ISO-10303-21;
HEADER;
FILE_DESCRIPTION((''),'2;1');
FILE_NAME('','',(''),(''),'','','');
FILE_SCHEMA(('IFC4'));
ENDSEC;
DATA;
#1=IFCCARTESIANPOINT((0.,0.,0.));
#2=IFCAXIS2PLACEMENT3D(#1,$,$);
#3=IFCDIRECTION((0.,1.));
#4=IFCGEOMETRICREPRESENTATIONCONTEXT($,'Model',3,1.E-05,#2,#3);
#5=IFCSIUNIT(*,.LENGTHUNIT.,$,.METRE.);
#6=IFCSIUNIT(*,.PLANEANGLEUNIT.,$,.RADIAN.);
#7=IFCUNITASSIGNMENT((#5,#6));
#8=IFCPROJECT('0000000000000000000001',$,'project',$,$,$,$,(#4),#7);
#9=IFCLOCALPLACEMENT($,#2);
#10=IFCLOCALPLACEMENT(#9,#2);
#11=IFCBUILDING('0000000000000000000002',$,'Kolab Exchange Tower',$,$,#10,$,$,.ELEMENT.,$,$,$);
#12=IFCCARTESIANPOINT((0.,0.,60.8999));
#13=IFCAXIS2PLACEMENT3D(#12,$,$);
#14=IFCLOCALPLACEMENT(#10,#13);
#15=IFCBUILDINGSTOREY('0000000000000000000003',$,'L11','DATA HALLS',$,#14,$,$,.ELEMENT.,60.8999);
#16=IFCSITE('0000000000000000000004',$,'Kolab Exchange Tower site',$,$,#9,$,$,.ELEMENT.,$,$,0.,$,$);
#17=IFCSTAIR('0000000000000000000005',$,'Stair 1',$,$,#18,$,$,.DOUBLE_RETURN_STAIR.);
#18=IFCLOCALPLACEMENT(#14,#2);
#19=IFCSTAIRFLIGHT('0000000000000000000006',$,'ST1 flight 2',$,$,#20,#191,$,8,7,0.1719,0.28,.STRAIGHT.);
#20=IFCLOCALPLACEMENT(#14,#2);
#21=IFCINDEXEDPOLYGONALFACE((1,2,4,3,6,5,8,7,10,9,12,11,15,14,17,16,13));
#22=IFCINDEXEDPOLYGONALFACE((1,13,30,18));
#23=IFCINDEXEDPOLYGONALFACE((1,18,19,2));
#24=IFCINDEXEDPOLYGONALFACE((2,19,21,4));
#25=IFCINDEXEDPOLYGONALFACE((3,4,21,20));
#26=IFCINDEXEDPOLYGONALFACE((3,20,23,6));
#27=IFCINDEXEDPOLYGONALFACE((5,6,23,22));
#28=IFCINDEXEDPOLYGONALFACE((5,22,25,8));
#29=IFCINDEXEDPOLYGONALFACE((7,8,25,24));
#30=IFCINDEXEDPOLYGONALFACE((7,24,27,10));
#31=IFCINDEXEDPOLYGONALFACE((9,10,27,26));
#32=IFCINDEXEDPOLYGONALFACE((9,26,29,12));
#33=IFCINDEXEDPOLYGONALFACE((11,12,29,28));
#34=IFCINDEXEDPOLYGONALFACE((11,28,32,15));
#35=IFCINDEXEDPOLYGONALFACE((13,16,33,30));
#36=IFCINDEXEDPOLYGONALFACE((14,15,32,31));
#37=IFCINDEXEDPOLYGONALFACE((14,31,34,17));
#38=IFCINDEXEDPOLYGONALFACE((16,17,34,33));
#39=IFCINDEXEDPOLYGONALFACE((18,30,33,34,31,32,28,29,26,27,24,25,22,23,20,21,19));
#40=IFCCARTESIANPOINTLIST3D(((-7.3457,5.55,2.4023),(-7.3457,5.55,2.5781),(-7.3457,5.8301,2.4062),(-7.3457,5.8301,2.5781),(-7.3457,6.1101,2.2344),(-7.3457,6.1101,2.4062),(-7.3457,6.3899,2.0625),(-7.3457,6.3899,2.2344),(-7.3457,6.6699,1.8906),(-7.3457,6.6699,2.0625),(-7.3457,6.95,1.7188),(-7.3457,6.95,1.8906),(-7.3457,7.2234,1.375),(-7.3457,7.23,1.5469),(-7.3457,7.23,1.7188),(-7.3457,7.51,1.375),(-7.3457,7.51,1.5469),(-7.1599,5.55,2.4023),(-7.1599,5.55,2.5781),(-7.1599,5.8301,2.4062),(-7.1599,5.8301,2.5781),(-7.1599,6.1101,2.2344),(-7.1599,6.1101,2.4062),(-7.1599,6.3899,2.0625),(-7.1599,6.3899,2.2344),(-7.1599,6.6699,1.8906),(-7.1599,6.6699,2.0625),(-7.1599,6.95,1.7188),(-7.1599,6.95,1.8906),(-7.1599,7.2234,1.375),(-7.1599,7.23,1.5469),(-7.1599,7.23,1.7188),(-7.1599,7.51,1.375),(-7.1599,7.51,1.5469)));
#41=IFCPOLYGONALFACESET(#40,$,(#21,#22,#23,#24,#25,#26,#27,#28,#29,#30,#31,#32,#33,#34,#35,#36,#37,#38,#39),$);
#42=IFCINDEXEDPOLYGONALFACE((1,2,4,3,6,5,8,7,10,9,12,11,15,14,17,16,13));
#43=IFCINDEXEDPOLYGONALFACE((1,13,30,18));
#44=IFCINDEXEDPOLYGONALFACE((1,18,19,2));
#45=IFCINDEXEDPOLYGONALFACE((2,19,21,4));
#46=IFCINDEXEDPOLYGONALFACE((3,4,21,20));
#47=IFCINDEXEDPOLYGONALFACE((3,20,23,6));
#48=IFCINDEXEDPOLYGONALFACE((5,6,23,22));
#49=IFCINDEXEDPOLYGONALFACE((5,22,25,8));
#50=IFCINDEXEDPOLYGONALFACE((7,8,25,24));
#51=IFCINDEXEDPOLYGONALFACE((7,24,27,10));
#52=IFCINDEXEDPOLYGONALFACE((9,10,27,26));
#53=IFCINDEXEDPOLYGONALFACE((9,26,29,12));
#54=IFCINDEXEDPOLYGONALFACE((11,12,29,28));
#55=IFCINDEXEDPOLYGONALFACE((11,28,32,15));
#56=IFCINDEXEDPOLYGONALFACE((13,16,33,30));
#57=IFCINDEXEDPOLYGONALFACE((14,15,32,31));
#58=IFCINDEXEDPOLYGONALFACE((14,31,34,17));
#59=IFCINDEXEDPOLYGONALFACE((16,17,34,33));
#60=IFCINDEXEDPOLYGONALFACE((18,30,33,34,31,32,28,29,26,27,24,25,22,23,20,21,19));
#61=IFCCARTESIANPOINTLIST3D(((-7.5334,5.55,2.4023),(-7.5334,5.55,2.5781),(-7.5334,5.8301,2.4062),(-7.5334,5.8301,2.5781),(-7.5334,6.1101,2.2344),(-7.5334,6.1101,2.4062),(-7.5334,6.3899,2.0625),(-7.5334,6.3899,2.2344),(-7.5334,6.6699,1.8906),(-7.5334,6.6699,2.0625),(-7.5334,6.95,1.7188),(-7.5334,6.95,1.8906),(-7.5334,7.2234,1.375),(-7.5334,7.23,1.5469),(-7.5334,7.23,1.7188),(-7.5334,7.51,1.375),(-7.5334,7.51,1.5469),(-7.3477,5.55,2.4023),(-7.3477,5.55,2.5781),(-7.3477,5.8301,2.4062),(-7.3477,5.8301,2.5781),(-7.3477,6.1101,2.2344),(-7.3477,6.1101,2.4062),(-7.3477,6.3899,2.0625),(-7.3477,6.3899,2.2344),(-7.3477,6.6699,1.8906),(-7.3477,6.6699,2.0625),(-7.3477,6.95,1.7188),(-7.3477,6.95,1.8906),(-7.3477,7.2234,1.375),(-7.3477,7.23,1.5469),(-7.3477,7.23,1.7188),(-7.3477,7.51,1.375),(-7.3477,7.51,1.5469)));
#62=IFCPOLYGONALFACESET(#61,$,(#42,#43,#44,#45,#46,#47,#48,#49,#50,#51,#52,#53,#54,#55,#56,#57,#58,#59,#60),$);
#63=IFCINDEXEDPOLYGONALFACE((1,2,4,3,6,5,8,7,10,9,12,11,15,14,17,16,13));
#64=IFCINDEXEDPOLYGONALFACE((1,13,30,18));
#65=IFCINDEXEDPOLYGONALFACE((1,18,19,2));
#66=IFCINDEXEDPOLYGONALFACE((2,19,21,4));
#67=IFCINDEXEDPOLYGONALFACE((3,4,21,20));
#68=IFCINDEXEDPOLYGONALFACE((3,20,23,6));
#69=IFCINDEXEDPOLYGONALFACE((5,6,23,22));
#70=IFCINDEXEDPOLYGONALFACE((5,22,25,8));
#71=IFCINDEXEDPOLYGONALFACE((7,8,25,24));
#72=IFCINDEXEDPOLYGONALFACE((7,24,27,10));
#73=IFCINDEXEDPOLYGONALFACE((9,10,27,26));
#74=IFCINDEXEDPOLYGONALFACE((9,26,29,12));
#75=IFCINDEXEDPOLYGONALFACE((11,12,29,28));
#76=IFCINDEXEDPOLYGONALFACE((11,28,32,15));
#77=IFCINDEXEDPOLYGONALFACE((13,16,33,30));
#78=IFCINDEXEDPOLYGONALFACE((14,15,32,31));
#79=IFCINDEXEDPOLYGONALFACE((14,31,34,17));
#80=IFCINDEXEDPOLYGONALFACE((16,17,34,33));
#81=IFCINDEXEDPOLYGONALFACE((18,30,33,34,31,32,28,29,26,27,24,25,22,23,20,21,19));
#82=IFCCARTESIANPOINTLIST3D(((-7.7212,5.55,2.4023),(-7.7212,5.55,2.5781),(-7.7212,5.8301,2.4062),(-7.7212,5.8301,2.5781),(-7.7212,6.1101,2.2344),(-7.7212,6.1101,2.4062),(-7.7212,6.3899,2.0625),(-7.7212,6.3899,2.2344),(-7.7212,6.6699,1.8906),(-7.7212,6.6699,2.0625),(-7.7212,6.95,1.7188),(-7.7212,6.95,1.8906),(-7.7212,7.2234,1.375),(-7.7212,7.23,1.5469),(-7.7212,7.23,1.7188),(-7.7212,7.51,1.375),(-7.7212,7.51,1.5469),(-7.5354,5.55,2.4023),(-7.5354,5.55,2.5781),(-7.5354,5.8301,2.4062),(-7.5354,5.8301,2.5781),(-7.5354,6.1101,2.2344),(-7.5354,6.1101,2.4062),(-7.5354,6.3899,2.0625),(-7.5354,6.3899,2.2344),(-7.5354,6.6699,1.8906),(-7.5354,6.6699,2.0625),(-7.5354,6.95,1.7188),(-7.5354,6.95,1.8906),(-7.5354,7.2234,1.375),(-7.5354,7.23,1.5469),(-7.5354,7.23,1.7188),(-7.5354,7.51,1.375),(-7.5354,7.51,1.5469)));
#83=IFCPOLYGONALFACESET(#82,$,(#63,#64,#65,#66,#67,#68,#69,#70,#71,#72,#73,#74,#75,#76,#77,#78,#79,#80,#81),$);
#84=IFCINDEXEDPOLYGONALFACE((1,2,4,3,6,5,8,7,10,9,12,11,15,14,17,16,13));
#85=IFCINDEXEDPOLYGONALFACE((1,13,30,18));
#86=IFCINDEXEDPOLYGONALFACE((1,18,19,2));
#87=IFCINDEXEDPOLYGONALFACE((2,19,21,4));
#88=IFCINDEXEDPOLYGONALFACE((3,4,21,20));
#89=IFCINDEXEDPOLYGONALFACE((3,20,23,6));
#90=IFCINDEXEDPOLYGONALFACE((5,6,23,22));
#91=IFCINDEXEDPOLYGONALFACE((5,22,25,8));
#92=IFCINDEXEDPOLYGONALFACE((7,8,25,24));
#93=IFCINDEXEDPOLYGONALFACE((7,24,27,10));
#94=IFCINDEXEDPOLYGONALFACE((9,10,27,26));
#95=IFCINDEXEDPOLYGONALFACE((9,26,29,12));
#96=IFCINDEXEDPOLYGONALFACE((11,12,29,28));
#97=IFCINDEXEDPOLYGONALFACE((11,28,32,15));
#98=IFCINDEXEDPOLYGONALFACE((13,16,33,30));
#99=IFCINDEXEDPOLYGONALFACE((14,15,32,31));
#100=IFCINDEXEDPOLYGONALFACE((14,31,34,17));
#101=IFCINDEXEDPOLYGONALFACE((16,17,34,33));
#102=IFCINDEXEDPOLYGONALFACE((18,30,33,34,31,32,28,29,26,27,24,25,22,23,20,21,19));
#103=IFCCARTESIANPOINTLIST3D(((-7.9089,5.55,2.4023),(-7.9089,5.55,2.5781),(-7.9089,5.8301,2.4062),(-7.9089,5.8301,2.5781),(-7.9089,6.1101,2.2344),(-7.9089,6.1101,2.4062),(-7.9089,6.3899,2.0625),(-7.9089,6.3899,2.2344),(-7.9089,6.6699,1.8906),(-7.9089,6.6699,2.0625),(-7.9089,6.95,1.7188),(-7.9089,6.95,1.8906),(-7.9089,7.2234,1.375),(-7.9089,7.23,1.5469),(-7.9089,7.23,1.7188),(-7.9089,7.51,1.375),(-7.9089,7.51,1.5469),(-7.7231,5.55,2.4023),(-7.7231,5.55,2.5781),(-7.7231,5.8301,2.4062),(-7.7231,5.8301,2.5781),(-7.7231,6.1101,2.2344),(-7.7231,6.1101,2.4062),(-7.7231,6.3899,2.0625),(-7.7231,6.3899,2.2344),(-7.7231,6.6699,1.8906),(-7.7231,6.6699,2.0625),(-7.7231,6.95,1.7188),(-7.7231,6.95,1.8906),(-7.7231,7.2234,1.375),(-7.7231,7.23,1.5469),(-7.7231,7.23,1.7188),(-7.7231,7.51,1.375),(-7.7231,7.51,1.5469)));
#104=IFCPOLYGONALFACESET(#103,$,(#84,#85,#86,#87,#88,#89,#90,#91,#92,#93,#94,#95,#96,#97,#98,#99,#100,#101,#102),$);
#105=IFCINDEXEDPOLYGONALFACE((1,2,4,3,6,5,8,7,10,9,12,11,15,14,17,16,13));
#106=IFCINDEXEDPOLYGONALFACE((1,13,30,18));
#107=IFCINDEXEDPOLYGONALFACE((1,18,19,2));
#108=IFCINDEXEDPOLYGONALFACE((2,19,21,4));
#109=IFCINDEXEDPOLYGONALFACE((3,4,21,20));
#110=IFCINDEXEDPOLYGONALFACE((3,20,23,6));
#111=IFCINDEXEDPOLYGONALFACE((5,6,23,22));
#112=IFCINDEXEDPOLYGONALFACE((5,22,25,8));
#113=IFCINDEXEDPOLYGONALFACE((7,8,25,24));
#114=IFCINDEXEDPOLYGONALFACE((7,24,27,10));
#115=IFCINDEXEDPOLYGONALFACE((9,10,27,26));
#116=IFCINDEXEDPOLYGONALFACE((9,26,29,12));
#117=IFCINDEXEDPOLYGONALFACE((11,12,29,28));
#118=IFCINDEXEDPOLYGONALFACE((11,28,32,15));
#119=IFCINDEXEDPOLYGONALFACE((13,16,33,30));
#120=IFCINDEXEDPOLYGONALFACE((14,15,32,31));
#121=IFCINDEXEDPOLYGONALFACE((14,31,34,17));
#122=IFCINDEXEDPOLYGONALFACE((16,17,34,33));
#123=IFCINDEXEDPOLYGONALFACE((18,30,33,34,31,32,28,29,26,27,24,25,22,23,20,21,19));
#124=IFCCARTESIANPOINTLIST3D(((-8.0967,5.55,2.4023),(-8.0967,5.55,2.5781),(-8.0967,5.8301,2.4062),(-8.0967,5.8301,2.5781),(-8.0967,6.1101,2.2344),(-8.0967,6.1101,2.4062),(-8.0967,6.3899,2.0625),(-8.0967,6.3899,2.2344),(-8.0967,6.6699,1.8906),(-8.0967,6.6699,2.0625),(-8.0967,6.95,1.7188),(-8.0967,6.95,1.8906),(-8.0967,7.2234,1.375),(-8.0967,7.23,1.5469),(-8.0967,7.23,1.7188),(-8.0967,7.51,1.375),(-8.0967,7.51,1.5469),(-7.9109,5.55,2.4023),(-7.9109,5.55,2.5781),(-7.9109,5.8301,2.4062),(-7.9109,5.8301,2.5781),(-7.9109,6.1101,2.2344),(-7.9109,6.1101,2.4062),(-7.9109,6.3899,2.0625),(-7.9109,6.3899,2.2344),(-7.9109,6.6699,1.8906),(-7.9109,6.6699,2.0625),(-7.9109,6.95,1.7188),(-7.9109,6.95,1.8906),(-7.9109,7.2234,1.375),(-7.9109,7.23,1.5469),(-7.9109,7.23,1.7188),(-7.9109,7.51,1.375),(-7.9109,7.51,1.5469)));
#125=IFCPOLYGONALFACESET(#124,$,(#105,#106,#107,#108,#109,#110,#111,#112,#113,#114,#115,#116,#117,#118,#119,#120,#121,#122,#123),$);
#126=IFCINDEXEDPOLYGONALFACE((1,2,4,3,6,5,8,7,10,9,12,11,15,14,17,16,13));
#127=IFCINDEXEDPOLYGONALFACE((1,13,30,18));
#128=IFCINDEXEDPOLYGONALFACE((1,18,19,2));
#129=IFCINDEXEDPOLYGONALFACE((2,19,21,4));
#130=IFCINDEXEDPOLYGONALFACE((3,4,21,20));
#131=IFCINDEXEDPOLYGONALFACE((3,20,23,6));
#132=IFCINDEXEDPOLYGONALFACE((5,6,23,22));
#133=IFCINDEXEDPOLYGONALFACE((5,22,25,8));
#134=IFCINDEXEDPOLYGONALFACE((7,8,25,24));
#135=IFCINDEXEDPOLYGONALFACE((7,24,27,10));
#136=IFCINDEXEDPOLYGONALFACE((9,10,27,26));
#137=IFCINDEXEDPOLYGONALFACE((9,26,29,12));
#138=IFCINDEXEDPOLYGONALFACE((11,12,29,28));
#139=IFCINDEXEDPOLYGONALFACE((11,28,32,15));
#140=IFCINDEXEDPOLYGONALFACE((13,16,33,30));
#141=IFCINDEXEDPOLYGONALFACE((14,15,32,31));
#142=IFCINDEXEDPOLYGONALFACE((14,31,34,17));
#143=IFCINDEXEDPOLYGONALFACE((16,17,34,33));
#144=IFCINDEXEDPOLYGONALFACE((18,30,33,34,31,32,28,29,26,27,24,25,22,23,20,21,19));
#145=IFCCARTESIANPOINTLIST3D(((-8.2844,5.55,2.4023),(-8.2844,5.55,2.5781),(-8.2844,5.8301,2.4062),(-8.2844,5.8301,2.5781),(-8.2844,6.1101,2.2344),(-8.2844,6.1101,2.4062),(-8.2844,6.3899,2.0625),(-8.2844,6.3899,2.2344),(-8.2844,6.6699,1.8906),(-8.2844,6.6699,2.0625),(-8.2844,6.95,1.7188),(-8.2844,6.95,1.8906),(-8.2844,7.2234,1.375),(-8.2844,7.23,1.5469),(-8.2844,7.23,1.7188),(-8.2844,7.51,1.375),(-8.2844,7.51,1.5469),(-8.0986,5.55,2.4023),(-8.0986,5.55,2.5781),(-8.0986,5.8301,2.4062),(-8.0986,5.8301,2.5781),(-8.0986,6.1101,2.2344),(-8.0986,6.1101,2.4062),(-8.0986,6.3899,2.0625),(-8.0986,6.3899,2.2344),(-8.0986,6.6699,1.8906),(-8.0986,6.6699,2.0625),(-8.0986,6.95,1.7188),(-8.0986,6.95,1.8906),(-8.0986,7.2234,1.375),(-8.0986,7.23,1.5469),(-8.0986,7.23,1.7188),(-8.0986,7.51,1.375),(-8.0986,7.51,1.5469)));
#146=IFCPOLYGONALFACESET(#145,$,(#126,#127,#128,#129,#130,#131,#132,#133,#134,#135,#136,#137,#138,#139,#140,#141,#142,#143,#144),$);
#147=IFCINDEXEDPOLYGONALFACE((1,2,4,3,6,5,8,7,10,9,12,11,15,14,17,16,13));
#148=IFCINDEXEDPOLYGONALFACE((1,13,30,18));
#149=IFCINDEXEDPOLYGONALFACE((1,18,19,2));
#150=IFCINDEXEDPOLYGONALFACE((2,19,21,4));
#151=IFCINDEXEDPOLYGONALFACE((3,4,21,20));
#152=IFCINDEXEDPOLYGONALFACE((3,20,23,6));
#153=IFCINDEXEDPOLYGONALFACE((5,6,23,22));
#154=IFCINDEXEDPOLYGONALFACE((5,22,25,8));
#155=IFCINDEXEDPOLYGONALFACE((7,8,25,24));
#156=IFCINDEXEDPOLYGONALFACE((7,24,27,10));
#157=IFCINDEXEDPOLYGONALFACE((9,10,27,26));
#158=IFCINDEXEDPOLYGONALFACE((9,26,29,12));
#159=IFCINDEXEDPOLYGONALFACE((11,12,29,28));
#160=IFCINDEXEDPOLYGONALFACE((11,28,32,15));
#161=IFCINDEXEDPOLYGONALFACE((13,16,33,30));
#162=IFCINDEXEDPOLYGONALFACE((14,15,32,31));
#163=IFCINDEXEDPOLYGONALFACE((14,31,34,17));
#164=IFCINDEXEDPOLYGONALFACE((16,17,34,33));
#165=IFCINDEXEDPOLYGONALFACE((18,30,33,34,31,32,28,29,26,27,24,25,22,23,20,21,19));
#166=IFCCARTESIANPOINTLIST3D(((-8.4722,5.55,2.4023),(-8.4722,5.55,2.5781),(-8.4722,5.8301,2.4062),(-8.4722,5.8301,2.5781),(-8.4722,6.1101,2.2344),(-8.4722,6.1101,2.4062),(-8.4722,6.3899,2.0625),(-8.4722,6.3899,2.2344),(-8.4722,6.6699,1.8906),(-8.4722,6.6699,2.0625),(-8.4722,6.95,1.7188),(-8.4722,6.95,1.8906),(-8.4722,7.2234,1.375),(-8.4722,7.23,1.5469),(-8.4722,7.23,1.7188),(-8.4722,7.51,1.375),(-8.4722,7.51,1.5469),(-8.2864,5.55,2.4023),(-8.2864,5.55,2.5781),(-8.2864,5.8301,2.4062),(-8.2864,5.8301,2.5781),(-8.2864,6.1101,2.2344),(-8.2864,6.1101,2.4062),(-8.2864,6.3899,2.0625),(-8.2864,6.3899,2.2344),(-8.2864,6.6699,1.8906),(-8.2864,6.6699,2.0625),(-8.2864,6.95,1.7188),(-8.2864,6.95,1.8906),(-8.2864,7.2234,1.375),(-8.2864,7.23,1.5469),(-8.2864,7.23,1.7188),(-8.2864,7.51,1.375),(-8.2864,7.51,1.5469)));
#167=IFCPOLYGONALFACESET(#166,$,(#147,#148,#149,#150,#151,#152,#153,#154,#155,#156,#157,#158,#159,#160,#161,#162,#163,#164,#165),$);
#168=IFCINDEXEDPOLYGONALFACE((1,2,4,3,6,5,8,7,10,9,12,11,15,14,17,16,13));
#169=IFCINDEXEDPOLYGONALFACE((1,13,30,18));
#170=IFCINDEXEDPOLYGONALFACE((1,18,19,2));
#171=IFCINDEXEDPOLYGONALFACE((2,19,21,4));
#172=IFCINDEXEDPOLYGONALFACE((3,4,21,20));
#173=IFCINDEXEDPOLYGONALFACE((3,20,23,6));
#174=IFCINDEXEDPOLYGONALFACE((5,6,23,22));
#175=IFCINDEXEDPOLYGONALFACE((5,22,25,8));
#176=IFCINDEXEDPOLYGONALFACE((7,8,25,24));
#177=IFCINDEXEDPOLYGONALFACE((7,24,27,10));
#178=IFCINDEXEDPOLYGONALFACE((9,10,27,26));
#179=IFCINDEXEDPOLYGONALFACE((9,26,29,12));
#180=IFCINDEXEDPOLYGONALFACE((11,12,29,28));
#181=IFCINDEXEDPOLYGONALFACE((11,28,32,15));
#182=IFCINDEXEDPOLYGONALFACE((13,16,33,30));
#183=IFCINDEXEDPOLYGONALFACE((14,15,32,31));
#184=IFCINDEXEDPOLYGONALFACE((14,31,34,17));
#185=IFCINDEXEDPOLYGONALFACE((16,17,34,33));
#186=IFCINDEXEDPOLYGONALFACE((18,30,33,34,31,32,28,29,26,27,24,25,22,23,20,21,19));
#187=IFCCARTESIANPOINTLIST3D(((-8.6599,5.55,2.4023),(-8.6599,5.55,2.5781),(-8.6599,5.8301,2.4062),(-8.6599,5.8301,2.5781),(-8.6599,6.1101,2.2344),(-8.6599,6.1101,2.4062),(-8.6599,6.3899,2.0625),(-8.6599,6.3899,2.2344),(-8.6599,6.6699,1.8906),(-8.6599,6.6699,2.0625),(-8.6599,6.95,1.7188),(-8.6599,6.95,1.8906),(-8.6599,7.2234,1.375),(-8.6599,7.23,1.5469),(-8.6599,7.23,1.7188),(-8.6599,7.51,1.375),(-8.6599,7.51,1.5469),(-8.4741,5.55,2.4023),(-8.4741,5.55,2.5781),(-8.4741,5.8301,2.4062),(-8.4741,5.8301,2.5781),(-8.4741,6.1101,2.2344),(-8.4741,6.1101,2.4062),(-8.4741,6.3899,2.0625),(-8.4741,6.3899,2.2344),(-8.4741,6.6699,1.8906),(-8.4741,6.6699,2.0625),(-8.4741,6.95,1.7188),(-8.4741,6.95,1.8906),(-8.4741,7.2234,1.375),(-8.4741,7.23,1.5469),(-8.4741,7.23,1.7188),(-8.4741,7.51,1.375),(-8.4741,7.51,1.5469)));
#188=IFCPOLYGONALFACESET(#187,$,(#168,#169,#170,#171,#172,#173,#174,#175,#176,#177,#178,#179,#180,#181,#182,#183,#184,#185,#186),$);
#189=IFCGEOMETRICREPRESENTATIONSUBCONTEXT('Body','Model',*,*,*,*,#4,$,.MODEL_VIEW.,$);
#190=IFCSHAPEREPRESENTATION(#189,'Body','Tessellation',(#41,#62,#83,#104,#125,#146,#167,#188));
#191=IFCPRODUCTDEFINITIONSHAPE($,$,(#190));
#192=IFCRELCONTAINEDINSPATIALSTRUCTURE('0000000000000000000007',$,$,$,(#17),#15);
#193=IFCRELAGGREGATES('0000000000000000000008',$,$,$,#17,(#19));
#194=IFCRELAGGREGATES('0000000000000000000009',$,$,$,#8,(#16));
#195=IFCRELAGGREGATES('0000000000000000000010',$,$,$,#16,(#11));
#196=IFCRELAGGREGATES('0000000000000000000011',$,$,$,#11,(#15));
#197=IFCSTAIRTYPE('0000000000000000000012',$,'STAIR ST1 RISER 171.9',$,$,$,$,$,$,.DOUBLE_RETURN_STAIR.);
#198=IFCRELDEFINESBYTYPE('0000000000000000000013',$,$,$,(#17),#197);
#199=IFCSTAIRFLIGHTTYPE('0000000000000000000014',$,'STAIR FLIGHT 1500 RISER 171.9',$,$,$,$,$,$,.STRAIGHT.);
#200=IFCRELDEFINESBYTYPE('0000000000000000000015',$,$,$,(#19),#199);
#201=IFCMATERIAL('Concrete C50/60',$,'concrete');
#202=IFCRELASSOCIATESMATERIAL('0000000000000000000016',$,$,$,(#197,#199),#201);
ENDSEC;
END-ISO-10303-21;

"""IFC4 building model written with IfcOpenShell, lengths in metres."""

from ifc_helpers import new_model, si_unit, direction, frame, origin, place, context, subcontext, project, spatial, polyline, outline, extrude, material, type_object, element, aggregate, save


model = new_model("IFC4")

# Units and contexts
model_context = context("Model", 3, precision=1e-05, world=origin(), true_north=direction((0.0, 1.0)))
body_context = subcontext(model_context, "Body", "Model", "MODEL_VIEW")
ifc_project = project(units=[si_unit("LENGTHUNIT", "METRE"), si_unit("PLANEANGLEUNIT", "RADIAN")], contexts=[model_context])

# Site, building, storey
site_placement = place(None, origin())
site = spatial("IfcSite", under=ifc_project, at=site_placement, Name="Kolab Exchange Tower site", CompositionType="ELEMENT", RefElevation=0.0)
building_placement = place(site_placement, origin())
building = spatial("IfcBuilding", under=site, at=building_placement, Name="Kolab Exchange Tower", CompositionType="ELEMENT")
storey_placement = place(building_placement, frame((0.0, 0.0, 60.8999)))
storey = spatial("IfcBuildingStorey", under=building, at=storey_placement, Name="L11", Description="DATA HALLS", CompositionType="ELEMENT", Elevation=60.8999)

# Shared definitions
ifc_material_1 = material(Name="Concrete C50/60", Category="concrete")

# Stair, stair flight
stair_type = type_object("IfcStairType", Name="STAIR ST1 RISER 171.9", PredefinedType="DOUBLE_RETURN_STAIR", material=ifc_material_1)
stair_placement = place(storey_placement, origin())
stair = element("IfcStair", 1, at=stair_placement, inside=storey, type_object=stair_type, Name="Stair 1", PredefinedType="DOUBLE_RETURN_STAIR")
stair_flight_type = type_object("IfcStairFlightType", Name="STAIR FLIGHT 1500 RISER 171.9", PredefinedType="STRAIGHT", material=ifc_material_1)
stair_flight_1_placement = place(storey_placement, frame((-7.9099, 7.51, 1.375), z_axis=(0.0, 0.0, 1.0), x_axis=(0.0, -1.0, 0.0)))
stair_flight_1 = element("IfcStairFlight", 2, at=stair_flight_1_placement, type_object=stair_flight_type, Name="ST1 flight 2", NumberOfRisers=8, NumberOfTreads=7, PredefinedType="STRAIGHT", RiserHeight=0.1719, TreadLength=0.28, context=body_context, shape_type="SweptSolid", body=[
    extrude(outline(polyline([(0.0, 0.0), (0.0, 0.1719), (0.28, 0.1719), (0.28, 0.3438), (0.5601, 0.3438), (0.5601, 0.5156), (0.8401, 0.5156), (0.8401, 0.6875), (1.1201, 0.6875), (1.1201, 0.8594), (1.3999, 0.8594), (1.3999, 1.0312), (1.6799, 1.0312), (1.6799, 1.2031), (1.96, 1.2031), (1.96, 1.375), (1.96, 1.0273), (0.2866, 0.0), (0.0, 0.0)])), frame((0.0, 0.75, 0.0), z_axis=(0.0, -1.0, 0.0), x_axis=(1.0, 0.0, 0.0)), (0.0, 0.0, 1.0), 0.1858),
    extrude(outline(polyline([(0.0, 0.0), (0.0, 0.1719), (0.28, 0.1719), (0.28, 0.3438), (0.5601, 0.3438), (0.5601, 0.5156), (0.8401, 0.5156), (0.8401, 0.6875), (1.1201, 0.6875), (1.1201, 0.8594), (1.3999, 0.8594), (1.3999, 1.0312), (1.6799, 1.0312), (1.6799, 1.2031), (1.96, 1.2031), (1.96, 1.375), (1.96, 1.0273), (0.2866, 0.0), (0.0, 0.0)])), frame((0.0, 0.5623, 0.0), z_axis=(0.0, -1.0, 0.0), x_axis=(1.0, 0.0, 0.0)), (0.0, 0.0, 1.0), 0.1858),
    extrude(outline(polyline([(0.0, 0.0), (0.0, 0.1719), (0.28, 0.1719), (0.28, 0.3438), (0.5601, 0.3438), (0.5601, 0.5156), (0.8401, 0.5156), (0.8401, 0.6875), (1.1201, 0.6875), (1.1201, 0.8594), (1.3999, 0.8594), (1.3999, 1.0312), (1.6799, 1.0312), (1.6799, 1.2031), (1.96, 1.2031), (1.96, 1.375), (1.96, 1.0273), (0.2866, 0.0), (0.0, 0.0)])), frame((0.0, 0.3745, 0.0), z_axis=(0.0, -1.0, 0.0), x_axis=(1.0, 0.0, 0.0)), (0.0, 0.0, 1.0), 0.1858),
    extrude(outline(polyline([(0.0, 0.0), (0.0, 0.1719), (0.28, 0.1719), (0.28, 0.3438), (0.5601, 0.3438), (0.5601, 0.5156), (0.8401, 0.5156), (0.8401, 0.6875), (1.1201, 0.6875), (1.1201, 0.8594), (1.3999, 0.8594), (1.3999, 1.0312), (1.6799, 1.0312), (1.6799, 1.2031), (1.96, 1.2031), (1.96, 1.375), (1.96, 1.0273), (0.2866, 0.0), (0.0, 0.0)])), frame((0.0, 0.1868, 0.0), z_axis=(0.0, -1.0, 0.0), x_axis=(1.0, 0.0, 0.0)), (0.0, 0.0, 1.0), 0.1858),
    extrude(outline(polyline([(0.0, 0.0), (0.0, 0.1719), (0.28, 0.1719), (0.28, 0.3438), (0.5601, 0.3438), (0.5601, 0.5156), (0.8401, 0.5156), (0.8401, 0.6875), (1.1201, 0.6875), (1.1201, 0.8594), (1.3999, 0.8594), (1.3999, 1.0312), (1.6799, 1.0312), (1.6799, 1.2031), (1.96, 1.2031), (1.96, 1.375), (1.96, 1.0273), (0.2866, 0.0), (0.0, 0.0)])), frame((0.0, -0.001, 0.0), z_axis=(0.0, -1.0, 0.0), x_axis=(1.0, 0.0, 0.0)), (0.0, 0.0, 1.0), 0.1858),
    extrude(outline(polyline([(0.0, 0.0), (0.0, 0.1719), (0.28, 0.1719), (0.28, 0.3438), (0.5601, 0.3438), (0.5601, 0.5156), (0.8401, 0.5156), (0.8401, 0.6875), (1.1201, 0.6875), (1.1201, 0.8594), (1.3999, 0.8594), (1.3999, 1.0312), (1.6799, 1.0312), (1.6799, 1.2031), (1.96, 1.2031), (1.96, 1.375), (1.96, 1.0273), (0.2866, 0.0), (0.0, 0.0)])), frame((0.0, -0.1887, 0.0), z_axis=(0.0, -1.0, 0.0), x_axis=(1.0, 0.0, 0.0)), (0.0, 0.0, 1.0), 0.1858),
    extrude(outline(polyline([(0.0, 0.0), (0.0, 0.1719), (0.28, 0.1719), (0.28, 0.3438), (0.5601, 0.3438), (0.5601, 0.5156), (0.8401, 0.5156), (0.8401, 0.6875), (1.1201, 0.6875), (1.1201, 0.8594), (1.3999, 0.8594), (1.3999, 1.0312), (1.6799, 1.0312), (1.6799, 1.2031), (1.96, 1.2031), (1.96, 1.375), (1.96, 1.0273), (0.2866, 0.0), (0.0, 0.0)])), frame((0.0, -0.3765, 0.0), z_axis=(0.0, -1.0, 0.0), x_axis=(1.0, 0.0, 0.0)), (0.0, 0.0, 1.0), 0.1858),
    extrude(outline(polyline([(0.0, 0.0), (0.0, 0.1719), (0.28, 0.1719), (0.28, 0.3438), (0.5601, 0.3438), (0.5601, 0.5156), (0.8401, 0.5156), (0.8401, 0.6875), (1.1201, 0.6875), (1.1201, 0.8594), (1.3999, 0.8594), (1.3999, 1.0312), (1.6799, 1.0312), (1.6799, 1.2031), (1.96, 1.2031), (1.96, 1.375), (1.96, 1.0273), (0.2866, 0.0), (0.0, 0.0)])), frame((0.0, -0.5642, 0.0), z_axis=(0.0, -1.0, 0.0), x_axis=(1.0, 0.0, 0.0)), (0.0, 0.0, 1.0), 0.1858),
])
aggregate(stair, [stair_flight_1])

save(model, "model.ifc")
